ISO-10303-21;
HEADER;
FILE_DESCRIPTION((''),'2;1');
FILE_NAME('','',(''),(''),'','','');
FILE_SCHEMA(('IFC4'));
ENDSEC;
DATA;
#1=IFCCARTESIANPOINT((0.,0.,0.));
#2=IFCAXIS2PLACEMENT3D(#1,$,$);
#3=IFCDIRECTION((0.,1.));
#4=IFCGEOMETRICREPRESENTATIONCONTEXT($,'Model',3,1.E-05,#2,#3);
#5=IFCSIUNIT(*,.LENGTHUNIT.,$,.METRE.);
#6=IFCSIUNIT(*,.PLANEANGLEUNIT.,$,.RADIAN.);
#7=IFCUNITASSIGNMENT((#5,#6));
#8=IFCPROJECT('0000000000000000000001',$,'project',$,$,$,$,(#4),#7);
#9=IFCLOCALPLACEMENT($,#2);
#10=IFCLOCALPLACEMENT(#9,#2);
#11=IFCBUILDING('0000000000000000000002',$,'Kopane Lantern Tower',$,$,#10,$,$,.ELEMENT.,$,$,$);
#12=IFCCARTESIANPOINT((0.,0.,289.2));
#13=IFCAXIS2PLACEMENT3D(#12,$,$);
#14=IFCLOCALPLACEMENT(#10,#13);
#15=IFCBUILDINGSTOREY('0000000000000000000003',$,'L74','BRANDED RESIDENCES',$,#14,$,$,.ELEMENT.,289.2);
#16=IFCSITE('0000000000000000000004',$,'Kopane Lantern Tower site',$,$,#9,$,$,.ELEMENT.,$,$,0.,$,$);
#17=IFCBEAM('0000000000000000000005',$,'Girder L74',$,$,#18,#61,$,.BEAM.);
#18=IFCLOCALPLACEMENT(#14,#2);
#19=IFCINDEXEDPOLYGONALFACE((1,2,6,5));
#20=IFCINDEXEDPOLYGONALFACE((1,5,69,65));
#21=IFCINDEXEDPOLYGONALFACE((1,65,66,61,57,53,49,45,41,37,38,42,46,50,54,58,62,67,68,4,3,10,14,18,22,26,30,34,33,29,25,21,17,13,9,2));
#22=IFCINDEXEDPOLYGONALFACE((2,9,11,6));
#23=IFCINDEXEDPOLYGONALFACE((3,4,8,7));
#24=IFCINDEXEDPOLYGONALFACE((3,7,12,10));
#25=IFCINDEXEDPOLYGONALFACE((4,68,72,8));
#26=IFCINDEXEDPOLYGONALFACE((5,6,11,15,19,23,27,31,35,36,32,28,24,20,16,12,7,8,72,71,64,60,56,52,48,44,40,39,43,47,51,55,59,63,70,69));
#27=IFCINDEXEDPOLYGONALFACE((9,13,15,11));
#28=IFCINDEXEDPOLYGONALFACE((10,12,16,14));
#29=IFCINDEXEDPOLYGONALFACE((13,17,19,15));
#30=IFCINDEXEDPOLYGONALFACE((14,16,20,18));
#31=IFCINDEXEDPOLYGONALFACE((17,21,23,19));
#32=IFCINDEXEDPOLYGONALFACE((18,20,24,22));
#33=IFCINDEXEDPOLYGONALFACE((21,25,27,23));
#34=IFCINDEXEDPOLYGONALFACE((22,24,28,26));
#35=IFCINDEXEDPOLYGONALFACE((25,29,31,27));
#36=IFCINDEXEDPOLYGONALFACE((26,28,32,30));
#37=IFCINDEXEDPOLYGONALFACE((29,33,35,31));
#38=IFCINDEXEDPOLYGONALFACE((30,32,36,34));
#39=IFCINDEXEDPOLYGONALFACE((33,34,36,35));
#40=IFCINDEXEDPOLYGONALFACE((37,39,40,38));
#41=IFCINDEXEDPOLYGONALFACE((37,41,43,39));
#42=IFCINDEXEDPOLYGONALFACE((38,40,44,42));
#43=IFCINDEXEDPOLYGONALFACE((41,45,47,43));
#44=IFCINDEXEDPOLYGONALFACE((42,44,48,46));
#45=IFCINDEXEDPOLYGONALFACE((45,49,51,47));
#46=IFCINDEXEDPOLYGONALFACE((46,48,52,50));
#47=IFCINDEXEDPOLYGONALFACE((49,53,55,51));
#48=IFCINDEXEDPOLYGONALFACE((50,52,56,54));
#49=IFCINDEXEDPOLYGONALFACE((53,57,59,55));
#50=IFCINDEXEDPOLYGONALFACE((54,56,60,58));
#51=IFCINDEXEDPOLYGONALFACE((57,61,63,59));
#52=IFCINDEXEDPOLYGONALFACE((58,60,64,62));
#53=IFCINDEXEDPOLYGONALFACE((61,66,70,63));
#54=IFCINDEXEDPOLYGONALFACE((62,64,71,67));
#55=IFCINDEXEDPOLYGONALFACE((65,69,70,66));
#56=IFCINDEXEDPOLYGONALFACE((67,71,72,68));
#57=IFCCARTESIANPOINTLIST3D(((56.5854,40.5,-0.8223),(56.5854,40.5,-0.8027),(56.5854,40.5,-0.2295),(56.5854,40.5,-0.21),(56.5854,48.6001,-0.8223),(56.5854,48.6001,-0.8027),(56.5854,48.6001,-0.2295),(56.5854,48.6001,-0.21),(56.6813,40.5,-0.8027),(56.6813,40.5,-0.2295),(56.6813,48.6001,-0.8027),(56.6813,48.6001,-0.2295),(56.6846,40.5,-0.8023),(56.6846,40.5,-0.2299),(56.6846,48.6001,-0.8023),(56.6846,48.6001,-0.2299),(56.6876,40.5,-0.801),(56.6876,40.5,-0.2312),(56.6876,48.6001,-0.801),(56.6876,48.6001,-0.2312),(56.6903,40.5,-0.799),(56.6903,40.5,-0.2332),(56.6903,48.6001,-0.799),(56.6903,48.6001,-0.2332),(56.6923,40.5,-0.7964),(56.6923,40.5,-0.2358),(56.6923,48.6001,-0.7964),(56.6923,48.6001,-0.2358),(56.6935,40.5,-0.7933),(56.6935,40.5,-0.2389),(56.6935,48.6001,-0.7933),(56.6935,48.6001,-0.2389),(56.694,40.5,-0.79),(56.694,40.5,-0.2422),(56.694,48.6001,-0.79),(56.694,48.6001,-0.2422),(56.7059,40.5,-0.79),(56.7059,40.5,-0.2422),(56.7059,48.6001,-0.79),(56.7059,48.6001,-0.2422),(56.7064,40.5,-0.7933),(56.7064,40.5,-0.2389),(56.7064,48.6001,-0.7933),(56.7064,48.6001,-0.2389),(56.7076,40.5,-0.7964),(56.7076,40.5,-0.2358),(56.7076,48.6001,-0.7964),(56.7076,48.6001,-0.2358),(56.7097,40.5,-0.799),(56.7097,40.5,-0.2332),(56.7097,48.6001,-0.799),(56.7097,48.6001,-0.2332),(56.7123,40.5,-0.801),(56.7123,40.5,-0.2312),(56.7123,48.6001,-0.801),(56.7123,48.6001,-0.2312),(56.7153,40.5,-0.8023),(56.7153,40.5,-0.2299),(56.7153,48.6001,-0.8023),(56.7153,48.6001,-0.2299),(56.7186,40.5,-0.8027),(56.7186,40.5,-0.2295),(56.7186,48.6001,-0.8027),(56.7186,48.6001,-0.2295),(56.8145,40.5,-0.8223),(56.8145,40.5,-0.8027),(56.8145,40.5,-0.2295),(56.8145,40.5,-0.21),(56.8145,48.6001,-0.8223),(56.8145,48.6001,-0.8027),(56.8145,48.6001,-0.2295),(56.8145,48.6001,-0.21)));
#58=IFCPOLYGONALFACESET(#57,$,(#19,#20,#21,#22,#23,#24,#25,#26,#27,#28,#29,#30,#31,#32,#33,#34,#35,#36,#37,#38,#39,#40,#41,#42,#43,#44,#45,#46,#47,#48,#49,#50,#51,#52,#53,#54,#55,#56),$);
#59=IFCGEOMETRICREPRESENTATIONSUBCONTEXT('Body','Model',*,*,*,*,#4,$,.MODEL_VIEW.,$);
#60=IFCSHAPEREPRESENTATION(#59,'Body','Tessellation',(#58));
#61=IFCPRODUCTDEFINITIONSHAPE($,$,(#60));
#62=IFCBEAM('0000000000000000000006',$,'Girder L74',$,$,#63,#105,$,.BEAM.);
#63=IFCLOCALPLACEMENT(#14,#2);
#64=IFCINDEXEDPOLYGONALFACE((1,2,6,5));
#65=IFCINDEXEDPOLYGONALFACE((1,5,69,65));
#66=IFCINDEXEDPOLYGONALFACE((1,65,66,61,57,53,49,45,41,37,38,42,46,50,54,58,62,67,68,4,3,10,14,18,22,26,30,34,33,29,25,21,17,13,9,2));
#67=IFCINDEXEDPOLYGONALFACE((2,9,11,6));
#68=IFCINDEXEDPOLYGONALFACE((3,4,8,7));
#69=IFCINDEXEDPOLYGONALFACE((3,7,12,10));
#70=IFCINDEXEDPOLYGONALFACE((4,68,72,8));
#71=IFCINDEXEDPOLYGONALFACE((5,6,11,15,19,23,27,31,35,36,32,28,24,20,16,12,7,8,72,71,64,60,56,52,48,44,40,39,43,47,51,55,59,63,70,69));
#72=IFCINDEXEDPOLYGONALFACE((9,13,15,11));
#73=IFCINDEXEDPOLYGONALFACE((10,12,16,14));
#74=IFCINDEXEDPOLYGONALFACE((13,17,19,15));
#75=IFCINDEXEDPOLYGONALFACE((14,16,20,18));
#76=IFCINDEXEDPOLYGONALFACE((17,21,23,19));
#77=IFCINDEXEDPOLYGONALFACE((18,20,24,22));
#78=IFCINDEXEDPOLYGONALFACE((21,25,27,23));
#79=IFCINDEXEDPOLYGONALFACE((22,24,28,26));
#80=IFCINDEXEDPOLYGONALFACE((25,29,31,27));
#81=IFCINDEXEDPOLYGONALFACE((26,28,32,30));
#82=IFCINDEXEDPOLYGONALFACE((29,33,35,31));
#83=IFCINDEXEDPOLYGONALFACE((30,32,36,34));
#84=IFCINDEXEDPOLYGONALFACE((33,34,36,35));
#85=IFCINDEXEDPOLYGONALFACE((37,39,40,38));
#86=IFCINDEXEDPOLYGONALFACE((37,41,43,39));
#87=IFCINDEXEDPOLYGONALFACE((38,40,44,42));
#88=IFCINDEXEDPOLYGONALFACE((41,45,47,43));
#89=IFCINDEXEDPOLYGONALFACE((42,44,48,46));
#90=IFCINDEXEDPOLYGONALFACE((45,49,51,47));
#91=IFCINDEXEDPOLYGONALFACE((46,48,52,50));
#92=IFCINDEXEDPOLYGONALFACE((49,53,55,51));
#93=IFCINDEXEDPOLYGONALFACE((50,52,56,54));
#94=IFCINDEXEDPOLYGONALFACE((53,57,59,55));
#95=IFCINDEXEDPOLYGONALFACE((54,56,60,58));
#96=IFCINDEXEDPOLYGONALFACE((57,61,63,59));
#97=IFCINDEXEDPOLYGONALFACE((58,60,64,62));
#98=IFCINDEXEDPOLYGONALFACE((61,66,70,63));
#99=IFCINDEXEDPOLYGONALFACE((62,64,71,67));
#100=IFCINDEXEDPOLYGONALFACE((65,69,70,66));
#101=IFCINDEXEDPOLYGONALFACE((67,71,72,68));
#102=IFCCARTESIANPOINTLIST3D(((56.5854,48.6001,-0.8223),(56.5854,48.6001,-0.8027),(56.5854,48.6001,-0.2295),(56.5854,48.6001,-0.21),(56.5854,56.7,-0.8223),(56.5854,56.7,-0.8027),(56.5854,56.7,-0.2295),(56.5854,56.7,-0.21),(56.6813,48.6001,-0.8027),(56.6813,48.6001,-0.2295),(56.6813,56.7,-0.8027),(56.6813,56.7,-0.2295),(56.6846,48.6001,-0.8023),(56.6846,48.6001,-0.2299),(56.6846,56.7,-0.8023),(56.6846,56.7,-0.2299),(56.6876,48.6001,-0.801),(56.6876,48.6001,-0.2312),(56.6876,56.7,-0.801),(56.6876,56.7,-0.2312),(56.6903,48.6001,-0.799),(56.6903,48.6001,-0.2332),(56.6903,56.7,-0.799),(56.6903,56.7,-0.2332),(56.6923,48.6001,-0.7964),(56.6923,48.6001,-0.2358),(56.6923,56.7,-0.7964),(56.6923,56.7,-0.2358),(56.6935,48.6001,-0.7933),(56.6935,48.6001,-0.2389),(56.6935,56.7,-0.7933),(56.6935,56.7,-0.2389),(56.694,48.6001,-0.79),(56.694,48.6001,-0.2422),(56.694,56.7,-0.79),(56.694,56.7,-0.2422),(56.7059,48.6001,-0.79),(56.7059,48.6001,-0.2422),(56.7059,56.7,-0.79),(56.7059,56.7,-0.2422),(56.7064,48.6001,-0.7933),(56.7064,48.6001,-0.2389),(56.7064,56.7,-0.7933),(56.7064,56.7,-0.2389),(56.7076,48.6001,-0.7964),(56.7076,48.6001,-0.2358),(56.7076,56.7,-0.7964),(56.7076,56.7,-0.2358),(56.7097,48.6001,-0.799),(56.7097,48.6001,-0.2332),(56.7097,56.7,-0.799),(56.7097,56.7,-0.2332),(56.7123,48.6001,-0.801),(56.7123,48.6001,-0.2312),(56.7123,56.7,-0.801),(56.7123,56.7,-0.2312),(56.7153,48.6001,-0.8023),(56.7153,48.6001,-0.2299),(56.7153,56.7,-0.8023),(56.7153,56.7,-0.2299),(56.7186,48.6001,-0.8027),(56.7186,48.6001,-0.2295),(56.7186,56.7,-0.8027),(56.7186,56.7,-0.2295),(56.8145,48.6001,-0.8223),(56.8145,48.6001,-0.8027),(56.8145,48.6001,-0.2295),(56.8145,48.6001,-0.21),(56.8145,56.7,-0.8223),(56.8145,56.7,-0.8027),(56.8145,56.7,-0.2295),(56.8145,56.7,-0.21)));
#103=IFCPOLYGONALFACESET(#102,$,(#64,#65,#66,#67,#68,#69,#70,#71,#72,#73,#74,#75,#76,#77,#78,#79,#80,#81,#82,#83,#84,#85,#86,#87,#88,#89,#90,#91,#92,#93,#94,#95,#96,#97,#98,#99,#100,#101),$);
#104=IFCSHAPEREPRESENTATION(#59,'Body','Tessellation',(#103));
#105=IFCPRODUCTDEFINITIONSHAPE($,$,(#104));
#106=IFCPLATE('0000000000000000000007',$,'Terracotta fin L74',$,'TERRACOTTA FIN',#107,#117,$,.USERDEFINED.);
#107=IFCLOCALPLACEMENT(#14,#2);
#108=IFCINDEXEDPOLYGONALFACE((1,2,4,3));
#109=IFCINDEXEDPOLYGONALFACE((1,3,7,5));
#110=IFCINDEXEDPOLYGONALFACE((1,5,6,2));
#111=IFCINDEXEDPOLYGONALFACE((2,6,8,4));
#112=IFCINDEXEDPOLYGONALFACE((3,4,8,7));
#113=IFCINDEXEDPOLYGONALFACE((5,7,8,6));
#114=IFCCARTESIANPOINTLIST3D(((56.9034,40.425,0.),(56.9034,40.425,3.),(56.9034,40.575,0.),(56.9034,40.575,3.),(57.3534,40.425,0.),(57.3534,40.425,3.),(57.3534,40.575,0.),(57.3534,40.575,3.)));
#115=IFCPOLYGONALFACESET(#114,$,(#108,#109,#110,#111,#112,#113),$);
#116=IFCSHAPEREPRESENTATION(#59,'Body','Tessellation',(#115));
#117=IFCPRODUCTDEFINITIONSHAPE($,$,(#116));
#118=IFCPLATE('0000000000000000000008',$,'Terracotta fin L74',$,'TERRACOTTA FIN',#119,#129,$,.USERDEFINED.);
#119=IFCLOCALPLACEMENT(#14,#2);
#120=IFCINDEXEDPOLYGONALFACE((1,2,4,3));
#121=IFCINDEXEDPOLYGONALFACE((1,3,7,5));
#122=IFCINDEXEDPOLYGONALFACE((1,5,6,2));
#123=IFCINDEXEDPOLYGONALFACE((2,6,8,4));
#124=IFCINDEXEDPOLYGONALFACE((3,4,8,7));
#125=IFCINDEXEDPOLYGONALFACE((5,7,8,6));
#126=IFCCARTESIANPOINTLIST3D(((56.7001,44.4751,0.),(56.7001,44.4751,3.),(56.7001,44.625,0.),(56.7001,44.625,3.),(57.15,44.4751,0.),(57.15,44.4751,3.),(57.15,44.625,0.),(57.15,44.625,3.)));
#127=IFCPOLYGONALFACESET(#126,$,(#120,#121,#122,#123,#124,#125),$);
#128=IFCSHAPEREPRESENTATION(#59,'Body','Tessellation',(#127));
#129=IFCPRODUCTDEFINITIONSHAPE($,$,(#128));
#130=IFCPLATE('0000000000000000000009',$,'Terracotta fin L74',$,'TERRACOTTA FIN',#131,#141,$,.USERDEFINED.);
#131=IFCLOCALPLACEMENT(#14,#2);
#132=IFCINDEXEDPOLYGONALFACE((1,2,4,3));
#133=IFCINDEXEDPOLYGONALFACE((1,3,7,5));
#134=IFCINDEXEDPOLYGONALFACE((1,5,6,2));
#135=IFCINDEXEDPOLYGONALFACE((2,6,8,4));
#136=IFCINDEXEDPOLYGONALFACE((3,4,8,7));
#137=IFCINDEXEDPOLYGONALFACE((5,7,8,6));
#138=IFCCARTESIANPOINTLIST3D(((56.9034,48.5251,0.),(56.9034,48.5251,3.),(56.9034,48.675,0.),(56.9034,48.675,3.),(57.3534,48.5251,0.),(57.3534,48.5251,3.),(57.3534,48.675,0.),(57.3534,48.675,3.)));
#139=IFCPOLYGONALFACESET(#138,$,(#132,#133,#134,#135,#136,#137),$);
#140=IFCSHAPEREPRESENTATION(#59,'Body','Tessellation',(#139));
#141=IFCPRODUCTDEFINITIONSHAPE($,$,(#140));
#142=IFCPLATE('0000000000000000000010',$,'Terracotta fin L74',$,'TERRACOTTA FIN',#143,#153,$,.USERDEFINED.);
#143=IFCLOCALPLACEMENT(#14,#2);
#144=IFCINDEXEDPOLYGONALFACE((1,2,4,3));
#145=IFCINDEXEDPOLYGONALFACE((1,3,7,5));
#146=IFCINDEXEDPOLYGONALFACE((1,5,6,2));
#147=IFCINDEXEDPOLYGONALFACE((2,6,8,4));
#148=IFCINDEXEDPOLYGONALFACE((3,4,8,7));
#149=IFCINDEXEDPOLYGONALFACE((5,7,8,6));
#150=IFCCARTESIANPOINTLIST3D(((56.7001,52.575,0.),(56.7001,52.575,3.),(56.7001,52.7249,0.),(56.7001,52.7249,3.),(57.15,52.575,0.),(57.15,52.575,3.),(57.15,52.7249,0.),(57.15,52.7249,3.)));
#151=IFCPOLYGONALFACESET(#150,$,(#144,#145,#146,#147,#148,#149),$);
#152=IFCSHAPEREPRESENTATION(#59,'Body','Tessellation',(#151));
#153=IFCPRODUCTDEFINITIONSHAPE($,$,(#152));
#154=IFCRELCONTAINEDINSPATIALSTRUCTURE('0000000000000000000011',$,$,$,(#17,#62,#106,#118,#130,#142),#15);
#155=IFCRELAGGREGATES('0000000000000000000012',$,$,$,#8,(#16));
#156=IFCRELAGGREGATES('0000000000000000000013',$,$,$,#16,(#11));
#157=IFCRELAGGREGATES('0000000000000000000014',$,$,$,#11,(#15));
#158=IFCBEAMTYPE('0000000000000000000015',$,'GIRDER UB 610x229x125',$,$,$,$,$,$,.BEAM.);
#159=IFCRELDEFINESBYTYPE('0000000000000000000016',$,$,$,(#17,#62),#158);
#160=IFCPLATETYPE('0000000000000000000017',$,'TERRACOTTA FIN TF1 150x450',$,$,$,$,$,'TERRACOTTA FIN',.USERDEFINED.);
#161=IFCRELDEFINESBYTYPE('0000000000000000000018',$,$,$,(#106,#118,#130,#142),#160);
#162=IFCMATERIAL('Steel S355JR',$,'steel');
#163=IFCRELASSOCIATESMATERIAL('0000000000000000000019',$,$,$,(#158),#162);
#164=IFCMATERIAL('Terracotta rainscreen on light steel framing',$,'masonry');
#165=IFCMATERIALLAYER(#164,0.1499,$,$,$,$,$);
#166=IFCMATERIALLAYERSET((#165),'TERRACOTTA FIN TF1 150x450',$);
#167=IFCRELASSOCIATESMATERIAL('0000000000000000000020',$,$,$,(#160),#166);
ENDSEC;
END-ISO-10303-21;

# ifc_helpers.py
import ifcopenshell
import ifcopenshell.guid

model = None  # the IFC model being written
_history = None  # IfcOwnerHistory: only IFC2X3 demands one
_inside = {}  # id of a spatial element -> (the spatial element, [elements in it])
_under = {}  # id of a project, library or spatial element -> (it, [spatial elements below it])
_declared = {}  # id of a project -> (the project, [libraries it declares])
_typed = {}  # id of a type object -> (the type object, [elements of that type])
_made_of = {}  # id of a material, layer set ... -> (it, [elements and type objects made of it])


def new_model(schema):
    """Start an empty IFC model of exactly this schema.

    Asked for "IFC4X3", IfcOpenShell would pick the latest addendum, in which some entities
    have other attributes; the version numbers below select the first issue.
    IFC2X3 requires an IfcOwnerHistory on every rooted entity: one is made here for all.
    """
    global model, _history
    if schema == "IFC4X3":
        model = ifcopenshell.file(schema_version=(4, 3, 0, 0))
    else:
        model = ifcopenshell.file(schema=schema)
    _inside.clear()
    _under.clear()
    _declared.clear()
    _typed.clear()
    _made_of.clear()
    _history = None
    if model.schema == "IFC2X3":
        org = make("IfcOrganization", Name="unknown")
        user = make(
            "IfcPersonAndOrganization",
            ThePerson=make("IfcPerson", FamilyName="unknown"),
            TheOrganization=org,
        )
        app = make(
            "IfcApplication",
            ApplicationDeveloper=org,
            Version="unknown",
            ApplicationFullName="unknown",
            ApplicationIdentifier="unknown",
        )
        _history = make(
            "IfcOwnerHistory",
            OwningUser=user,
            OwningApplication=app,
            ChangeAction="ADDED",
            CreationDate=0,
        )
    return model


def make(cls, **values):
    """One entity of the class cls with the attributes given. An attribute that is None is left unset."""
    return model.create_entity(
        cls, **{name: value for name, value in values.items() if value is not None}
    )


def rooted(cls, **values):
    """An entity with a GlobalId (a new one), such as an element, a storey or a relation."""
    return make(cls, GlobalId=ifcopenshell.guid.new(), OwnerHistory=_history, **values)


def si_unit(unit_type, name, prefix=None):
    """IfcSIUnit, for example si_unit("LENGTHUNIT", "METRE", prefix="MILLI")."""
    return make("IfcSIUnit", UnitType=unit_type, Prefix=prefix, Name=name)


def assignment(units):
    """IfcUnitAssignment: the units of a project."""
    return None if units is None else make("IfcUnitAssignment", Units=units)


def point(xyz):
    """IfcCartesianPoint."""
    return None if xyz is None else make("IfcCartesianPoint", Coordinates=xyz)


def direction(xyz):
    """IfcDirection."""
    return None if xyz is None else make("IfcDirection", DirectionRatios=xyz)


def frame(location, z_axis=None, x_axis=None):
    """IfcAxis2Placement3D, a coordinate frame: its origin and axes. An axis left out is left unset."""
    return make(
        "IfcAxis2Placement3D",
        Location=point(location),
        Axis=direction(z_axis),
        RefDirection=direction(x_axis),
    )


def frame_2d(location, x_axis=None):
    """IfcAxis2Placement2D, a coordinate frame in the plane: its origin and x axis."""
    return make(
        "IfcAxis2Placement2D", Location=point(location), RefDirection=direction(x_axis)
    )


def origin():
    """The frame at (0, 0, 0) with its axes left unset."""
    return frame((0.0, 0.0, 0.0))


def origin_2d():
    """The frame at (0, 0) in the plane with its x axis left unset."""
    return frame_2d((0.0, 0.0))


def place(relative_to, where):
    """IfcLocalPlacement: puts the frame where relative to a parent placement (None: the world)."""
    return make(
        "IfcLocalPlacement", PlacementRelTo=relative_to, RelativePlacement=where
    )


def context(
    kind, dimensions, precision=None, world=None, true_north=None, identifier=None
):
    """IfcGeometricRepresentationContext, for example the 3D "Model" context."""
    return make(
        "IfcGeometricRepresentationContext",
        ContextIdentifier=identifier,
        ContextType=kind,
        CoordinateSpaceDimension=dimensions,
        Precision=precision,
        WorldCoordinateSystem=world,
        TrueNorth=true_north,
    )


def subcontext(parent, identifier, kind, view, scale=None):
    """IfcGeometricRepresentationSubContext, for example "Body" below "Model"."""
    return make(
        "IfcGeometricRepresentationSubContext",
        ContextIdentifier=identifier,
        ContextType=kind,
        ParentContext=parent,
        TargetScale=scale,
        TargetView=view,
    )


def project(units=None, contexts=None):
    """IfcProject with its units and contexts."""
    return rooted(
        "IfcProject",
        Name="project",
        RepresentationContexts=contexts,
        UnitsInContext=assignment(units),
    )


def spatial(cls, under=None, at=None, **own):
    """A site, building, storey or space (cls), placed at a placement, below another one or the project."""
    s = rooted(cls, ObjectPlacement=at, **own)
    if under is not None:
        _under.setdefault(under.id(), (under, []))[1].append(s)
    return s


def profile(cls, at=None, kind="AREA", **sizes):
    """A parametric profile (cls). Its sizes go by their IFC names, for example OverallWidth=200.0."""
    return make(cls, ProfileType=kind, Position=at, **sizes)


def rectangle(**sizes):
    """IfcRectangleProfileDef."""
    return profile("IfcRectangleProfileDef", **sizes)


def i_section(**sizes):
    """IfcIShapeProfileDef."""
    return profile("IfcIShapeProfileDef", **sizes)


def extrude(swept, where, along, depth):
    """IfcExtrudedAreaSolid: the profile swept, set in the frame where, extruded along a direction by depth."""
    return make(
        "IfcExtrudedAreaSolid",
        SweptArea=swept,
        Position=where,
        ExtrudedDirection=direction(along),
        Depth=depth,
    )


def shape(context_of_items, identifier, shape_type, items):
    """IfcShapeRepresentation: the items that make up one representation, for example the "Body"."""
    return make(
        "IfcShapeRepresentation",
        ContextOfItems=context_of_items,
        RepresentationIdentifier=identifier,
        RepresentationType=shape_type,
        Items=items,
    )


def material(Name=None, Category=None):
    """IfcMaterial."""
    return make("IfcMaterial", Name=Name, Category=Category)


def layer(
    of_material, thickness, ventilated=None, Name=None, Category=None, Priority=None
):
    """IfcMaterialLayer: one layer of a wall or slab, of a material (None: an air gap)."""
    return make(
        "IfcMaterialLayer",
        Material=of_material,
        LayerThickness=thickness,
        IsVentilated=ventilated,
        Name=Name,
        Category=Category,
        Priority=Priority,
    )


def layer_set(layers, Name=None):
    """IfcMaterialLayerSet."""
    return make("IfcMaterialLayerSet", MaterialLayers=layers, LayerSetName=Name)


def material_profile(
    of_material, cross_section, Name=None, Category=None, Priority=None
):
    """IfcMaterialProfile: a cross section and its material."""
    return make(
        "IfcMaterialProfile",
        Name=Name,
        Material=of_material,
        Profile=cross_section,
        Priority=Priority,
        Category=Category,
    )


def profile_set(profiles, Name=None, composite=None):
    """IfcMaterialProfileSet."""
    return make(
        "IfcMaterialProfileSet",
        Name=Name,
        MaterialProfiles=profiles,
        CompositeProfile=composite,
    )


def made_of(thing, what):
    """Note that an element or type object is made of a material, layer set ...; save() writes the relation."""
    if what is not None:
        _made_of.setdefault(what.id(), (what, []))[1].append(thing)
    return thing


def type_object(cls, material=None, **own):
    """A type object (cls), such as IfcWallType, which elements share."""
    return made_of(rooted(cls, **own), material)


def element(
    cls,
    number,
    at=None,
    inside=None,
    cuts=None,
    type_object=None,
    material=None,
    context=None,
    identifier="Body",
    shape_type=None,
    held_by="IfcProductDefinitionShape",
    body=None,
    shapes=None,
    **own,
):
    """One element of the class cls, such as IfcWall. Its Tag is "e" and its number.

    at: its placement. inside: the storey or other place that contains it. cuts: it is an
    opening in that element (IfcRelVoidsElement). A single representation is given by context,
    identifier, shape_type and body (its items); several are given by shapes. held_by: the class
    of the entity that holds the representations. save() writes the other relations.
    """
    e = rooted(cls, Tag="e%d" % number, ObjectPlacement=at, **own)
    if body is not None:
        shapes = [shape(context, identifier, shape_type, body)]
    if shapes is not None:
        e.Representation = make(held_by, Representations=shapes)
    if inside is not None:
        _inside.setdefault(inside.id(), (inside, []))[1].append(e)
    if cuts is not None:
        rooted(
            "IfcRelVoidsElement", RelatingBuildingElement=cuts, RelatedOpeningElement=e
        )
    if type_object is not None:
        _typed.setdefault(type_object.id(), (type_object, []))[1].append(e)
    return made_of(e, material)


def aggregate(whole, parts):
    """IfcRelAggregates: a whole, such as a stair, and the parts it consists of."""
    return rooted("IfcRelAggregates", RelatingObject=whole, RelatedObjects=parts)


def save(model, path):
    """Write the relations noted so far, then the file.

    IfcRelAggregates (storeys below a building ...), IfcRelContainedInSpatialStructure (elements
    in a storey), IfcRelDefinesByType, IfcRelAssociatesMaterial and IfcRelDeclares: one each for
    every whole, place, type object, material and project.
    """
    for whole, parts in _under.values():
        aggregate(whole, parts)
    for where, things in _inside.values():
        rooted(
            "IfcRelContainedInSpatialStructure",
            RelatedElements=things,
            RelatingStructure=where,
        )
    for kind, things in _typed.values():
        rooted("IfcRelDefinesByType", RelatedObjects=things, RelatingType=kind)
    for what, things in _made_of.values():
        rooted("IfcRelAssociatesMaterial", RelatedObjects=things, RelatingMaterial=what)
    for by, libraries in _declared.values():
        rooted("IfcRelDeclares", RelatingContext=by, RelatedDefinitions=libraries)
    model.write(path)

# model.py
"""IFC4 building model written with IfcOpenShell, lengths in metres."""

from ifc_helpers import new_model, si_unit, direction, frame, origin, origin_2d, place, context, subcontext, project, spatial, rectangle, i_section, extrude, material, layer, layer_set, material_profile, profile_set, type_object, element, save


model = new_model("IFC4")

# Units and contexts
model_context = context("Model", 3, precision=1e-05, world=origin(), true_north=direction((0.0, 1.0)))
body_context = subcontext(model_context, "Body", "Model", "MODEL_VIEW")
ifc_project = project(units=[si_unit("LENGTHUNIT", "METRE"), si_unit("PLANEANGLEUNIT", "RADIAN")], contexts=[model_context])

# Site, building, storey
site_placement = place(None, origin())
site = spatial("IfcSite", under=ifc_project, at=site_placement, Name="Kopane Lantern Tower site", CompositionType="ELEMENT", RefElevation=0.0)
building_placement = place(site_placement, origin())
building = spatial("IfcBuilding", under=site, at=building_placement, Name="Kopane Lantern Tower", CompositionType="ELEMENT")
storey_placement = place(building_placement, frame((0.0, 0.0, 289.2)))
storey = spatial("IfcBuildingStorey", under=building, at=storey_placement, Name="L74", Description="BRANDED RESIDENCES", CompositionType="ELEMENT", Elevation=289.2)

# Beams
ifc_material_1 = material(Name="Steel S355JR", Category="steel")
ifc_material_profile_1 = material_profile(ifc_material_1, i_section(OverallWidth=0.229, OverallDepth=0.6123, WebThickness=0.012, FlangeThickness=0.0195, FilletRadius=0.0127, at=origin_2d()), Name="UB 610x229x125")
ifc_profile_set_1 = profile_set([ifc_material_profile_1], Name="Steel S355JR")
beam_type = type_object("IfcBeamType", Name="GIRDER UB 610x229x125", PredefinedType="BEAM", material=ifc_profile_set_1)
beam_1_placement = place(storey_placement, frame((56.7, 40.5, -0.5161), z_axis=(0.0, 1.0, 0.0), x_axis=(-1.0, 0.0, 0.0)))
element("IfcBeam", 1, at=beam_1_placement, inside=storey, type_object=beam_type, Name="Girder L74", PredefinedType="BEAM", context=body_context, shape_type="SweptSolid", body=[
    extrude(i_section(OverallWidth=0.229, OverallDepth=0.6123, WebThickness=0.012, FlangeThickness=0.0195, FilletRadius=0.0127, at=origin_2d()), origin(), (0.0, 0.0, 1.0), 8.1001),
])
beam_2_placement = place(storey_placement, frame((56.7, 48.6001, -0.5161), z_axis=(0.0, 1.0, 0.0), x_axis=(-1.0, 0.0, 0.0)))
element("IfcBeam", 2, at=beam_2_placement, inside=storey, type_object=beam_type, Name="Girder L74", PredefinedType="BEAM", context=body_context, shape_type="SweptSolid", body=[
    extrude(i_section(OverallWidth=0.229, OverallDepth=0.6123, WebThickness=0.012, FlangeThickness=0.0195, FilletRadius=0.0127, at=origin_2d()), origin(), (0.0, 0.0, 1.0), 8.0999),
])

# Plates
ifc_material_2 = material(Name="Terracotta rainscreen on light steel framing", Category="masonry")
ifc_layer_1 = layer(ifc_material_2, 0.1499)
ifc_layer_set_1 = layer_set([ifc_layer_1], Name="TERRACOTTA FIN TF1 150x450")
plate_type = type_object("IfcPlateType", Name="TERRACOTTA FIN TF1 150x450", ElementType="TERRACOTTA FIN", PredefinedType="USERDEFINED", material=ifc_layer_set_1)
for number, where, z_axis, x_axis, name in (
    (3, (57.1284, 40.5, 0.0), (0.0, 0.0, 1.0), (0.0, 1.0, 0.0), "Terracotta fin L74"),
    (4, (56.925, 44.55, 0.0), (0.0, 0.0, 1.0), (0.0, 1.0, 0.0), "Terracotta fin L74"),
    (5, (57.1284, 48.6001, 0.0), (0.0, 0.0, 1.0), (0.0, 1.0, 0.0), "Terracotta fin L74"),
    (6, (56.925, 52.6499, 0.0), (0.0, 0.0, 1.0), (0.0, 1.0, 0.0), "Terracotta fin L74"),
):
    element("IfcPlate", number, at=place(storey_placement, frame(where, z_axis=z_axis, x_axis=x_axis)), inside=storey, type_object=plate_type, Name=name, ObjectType="TERRACOTTA FIN", PredefinedType="USERDEFINED", context=body_context, shape_type="SweptSolid", body=[
        extrude(rectangle(XDim=0.1499, YDim=0.45, at=origin_2d()), origin(), (0.0, 0.0, 1.0), 3.0),
    ])

save(model, "model.ifc")
